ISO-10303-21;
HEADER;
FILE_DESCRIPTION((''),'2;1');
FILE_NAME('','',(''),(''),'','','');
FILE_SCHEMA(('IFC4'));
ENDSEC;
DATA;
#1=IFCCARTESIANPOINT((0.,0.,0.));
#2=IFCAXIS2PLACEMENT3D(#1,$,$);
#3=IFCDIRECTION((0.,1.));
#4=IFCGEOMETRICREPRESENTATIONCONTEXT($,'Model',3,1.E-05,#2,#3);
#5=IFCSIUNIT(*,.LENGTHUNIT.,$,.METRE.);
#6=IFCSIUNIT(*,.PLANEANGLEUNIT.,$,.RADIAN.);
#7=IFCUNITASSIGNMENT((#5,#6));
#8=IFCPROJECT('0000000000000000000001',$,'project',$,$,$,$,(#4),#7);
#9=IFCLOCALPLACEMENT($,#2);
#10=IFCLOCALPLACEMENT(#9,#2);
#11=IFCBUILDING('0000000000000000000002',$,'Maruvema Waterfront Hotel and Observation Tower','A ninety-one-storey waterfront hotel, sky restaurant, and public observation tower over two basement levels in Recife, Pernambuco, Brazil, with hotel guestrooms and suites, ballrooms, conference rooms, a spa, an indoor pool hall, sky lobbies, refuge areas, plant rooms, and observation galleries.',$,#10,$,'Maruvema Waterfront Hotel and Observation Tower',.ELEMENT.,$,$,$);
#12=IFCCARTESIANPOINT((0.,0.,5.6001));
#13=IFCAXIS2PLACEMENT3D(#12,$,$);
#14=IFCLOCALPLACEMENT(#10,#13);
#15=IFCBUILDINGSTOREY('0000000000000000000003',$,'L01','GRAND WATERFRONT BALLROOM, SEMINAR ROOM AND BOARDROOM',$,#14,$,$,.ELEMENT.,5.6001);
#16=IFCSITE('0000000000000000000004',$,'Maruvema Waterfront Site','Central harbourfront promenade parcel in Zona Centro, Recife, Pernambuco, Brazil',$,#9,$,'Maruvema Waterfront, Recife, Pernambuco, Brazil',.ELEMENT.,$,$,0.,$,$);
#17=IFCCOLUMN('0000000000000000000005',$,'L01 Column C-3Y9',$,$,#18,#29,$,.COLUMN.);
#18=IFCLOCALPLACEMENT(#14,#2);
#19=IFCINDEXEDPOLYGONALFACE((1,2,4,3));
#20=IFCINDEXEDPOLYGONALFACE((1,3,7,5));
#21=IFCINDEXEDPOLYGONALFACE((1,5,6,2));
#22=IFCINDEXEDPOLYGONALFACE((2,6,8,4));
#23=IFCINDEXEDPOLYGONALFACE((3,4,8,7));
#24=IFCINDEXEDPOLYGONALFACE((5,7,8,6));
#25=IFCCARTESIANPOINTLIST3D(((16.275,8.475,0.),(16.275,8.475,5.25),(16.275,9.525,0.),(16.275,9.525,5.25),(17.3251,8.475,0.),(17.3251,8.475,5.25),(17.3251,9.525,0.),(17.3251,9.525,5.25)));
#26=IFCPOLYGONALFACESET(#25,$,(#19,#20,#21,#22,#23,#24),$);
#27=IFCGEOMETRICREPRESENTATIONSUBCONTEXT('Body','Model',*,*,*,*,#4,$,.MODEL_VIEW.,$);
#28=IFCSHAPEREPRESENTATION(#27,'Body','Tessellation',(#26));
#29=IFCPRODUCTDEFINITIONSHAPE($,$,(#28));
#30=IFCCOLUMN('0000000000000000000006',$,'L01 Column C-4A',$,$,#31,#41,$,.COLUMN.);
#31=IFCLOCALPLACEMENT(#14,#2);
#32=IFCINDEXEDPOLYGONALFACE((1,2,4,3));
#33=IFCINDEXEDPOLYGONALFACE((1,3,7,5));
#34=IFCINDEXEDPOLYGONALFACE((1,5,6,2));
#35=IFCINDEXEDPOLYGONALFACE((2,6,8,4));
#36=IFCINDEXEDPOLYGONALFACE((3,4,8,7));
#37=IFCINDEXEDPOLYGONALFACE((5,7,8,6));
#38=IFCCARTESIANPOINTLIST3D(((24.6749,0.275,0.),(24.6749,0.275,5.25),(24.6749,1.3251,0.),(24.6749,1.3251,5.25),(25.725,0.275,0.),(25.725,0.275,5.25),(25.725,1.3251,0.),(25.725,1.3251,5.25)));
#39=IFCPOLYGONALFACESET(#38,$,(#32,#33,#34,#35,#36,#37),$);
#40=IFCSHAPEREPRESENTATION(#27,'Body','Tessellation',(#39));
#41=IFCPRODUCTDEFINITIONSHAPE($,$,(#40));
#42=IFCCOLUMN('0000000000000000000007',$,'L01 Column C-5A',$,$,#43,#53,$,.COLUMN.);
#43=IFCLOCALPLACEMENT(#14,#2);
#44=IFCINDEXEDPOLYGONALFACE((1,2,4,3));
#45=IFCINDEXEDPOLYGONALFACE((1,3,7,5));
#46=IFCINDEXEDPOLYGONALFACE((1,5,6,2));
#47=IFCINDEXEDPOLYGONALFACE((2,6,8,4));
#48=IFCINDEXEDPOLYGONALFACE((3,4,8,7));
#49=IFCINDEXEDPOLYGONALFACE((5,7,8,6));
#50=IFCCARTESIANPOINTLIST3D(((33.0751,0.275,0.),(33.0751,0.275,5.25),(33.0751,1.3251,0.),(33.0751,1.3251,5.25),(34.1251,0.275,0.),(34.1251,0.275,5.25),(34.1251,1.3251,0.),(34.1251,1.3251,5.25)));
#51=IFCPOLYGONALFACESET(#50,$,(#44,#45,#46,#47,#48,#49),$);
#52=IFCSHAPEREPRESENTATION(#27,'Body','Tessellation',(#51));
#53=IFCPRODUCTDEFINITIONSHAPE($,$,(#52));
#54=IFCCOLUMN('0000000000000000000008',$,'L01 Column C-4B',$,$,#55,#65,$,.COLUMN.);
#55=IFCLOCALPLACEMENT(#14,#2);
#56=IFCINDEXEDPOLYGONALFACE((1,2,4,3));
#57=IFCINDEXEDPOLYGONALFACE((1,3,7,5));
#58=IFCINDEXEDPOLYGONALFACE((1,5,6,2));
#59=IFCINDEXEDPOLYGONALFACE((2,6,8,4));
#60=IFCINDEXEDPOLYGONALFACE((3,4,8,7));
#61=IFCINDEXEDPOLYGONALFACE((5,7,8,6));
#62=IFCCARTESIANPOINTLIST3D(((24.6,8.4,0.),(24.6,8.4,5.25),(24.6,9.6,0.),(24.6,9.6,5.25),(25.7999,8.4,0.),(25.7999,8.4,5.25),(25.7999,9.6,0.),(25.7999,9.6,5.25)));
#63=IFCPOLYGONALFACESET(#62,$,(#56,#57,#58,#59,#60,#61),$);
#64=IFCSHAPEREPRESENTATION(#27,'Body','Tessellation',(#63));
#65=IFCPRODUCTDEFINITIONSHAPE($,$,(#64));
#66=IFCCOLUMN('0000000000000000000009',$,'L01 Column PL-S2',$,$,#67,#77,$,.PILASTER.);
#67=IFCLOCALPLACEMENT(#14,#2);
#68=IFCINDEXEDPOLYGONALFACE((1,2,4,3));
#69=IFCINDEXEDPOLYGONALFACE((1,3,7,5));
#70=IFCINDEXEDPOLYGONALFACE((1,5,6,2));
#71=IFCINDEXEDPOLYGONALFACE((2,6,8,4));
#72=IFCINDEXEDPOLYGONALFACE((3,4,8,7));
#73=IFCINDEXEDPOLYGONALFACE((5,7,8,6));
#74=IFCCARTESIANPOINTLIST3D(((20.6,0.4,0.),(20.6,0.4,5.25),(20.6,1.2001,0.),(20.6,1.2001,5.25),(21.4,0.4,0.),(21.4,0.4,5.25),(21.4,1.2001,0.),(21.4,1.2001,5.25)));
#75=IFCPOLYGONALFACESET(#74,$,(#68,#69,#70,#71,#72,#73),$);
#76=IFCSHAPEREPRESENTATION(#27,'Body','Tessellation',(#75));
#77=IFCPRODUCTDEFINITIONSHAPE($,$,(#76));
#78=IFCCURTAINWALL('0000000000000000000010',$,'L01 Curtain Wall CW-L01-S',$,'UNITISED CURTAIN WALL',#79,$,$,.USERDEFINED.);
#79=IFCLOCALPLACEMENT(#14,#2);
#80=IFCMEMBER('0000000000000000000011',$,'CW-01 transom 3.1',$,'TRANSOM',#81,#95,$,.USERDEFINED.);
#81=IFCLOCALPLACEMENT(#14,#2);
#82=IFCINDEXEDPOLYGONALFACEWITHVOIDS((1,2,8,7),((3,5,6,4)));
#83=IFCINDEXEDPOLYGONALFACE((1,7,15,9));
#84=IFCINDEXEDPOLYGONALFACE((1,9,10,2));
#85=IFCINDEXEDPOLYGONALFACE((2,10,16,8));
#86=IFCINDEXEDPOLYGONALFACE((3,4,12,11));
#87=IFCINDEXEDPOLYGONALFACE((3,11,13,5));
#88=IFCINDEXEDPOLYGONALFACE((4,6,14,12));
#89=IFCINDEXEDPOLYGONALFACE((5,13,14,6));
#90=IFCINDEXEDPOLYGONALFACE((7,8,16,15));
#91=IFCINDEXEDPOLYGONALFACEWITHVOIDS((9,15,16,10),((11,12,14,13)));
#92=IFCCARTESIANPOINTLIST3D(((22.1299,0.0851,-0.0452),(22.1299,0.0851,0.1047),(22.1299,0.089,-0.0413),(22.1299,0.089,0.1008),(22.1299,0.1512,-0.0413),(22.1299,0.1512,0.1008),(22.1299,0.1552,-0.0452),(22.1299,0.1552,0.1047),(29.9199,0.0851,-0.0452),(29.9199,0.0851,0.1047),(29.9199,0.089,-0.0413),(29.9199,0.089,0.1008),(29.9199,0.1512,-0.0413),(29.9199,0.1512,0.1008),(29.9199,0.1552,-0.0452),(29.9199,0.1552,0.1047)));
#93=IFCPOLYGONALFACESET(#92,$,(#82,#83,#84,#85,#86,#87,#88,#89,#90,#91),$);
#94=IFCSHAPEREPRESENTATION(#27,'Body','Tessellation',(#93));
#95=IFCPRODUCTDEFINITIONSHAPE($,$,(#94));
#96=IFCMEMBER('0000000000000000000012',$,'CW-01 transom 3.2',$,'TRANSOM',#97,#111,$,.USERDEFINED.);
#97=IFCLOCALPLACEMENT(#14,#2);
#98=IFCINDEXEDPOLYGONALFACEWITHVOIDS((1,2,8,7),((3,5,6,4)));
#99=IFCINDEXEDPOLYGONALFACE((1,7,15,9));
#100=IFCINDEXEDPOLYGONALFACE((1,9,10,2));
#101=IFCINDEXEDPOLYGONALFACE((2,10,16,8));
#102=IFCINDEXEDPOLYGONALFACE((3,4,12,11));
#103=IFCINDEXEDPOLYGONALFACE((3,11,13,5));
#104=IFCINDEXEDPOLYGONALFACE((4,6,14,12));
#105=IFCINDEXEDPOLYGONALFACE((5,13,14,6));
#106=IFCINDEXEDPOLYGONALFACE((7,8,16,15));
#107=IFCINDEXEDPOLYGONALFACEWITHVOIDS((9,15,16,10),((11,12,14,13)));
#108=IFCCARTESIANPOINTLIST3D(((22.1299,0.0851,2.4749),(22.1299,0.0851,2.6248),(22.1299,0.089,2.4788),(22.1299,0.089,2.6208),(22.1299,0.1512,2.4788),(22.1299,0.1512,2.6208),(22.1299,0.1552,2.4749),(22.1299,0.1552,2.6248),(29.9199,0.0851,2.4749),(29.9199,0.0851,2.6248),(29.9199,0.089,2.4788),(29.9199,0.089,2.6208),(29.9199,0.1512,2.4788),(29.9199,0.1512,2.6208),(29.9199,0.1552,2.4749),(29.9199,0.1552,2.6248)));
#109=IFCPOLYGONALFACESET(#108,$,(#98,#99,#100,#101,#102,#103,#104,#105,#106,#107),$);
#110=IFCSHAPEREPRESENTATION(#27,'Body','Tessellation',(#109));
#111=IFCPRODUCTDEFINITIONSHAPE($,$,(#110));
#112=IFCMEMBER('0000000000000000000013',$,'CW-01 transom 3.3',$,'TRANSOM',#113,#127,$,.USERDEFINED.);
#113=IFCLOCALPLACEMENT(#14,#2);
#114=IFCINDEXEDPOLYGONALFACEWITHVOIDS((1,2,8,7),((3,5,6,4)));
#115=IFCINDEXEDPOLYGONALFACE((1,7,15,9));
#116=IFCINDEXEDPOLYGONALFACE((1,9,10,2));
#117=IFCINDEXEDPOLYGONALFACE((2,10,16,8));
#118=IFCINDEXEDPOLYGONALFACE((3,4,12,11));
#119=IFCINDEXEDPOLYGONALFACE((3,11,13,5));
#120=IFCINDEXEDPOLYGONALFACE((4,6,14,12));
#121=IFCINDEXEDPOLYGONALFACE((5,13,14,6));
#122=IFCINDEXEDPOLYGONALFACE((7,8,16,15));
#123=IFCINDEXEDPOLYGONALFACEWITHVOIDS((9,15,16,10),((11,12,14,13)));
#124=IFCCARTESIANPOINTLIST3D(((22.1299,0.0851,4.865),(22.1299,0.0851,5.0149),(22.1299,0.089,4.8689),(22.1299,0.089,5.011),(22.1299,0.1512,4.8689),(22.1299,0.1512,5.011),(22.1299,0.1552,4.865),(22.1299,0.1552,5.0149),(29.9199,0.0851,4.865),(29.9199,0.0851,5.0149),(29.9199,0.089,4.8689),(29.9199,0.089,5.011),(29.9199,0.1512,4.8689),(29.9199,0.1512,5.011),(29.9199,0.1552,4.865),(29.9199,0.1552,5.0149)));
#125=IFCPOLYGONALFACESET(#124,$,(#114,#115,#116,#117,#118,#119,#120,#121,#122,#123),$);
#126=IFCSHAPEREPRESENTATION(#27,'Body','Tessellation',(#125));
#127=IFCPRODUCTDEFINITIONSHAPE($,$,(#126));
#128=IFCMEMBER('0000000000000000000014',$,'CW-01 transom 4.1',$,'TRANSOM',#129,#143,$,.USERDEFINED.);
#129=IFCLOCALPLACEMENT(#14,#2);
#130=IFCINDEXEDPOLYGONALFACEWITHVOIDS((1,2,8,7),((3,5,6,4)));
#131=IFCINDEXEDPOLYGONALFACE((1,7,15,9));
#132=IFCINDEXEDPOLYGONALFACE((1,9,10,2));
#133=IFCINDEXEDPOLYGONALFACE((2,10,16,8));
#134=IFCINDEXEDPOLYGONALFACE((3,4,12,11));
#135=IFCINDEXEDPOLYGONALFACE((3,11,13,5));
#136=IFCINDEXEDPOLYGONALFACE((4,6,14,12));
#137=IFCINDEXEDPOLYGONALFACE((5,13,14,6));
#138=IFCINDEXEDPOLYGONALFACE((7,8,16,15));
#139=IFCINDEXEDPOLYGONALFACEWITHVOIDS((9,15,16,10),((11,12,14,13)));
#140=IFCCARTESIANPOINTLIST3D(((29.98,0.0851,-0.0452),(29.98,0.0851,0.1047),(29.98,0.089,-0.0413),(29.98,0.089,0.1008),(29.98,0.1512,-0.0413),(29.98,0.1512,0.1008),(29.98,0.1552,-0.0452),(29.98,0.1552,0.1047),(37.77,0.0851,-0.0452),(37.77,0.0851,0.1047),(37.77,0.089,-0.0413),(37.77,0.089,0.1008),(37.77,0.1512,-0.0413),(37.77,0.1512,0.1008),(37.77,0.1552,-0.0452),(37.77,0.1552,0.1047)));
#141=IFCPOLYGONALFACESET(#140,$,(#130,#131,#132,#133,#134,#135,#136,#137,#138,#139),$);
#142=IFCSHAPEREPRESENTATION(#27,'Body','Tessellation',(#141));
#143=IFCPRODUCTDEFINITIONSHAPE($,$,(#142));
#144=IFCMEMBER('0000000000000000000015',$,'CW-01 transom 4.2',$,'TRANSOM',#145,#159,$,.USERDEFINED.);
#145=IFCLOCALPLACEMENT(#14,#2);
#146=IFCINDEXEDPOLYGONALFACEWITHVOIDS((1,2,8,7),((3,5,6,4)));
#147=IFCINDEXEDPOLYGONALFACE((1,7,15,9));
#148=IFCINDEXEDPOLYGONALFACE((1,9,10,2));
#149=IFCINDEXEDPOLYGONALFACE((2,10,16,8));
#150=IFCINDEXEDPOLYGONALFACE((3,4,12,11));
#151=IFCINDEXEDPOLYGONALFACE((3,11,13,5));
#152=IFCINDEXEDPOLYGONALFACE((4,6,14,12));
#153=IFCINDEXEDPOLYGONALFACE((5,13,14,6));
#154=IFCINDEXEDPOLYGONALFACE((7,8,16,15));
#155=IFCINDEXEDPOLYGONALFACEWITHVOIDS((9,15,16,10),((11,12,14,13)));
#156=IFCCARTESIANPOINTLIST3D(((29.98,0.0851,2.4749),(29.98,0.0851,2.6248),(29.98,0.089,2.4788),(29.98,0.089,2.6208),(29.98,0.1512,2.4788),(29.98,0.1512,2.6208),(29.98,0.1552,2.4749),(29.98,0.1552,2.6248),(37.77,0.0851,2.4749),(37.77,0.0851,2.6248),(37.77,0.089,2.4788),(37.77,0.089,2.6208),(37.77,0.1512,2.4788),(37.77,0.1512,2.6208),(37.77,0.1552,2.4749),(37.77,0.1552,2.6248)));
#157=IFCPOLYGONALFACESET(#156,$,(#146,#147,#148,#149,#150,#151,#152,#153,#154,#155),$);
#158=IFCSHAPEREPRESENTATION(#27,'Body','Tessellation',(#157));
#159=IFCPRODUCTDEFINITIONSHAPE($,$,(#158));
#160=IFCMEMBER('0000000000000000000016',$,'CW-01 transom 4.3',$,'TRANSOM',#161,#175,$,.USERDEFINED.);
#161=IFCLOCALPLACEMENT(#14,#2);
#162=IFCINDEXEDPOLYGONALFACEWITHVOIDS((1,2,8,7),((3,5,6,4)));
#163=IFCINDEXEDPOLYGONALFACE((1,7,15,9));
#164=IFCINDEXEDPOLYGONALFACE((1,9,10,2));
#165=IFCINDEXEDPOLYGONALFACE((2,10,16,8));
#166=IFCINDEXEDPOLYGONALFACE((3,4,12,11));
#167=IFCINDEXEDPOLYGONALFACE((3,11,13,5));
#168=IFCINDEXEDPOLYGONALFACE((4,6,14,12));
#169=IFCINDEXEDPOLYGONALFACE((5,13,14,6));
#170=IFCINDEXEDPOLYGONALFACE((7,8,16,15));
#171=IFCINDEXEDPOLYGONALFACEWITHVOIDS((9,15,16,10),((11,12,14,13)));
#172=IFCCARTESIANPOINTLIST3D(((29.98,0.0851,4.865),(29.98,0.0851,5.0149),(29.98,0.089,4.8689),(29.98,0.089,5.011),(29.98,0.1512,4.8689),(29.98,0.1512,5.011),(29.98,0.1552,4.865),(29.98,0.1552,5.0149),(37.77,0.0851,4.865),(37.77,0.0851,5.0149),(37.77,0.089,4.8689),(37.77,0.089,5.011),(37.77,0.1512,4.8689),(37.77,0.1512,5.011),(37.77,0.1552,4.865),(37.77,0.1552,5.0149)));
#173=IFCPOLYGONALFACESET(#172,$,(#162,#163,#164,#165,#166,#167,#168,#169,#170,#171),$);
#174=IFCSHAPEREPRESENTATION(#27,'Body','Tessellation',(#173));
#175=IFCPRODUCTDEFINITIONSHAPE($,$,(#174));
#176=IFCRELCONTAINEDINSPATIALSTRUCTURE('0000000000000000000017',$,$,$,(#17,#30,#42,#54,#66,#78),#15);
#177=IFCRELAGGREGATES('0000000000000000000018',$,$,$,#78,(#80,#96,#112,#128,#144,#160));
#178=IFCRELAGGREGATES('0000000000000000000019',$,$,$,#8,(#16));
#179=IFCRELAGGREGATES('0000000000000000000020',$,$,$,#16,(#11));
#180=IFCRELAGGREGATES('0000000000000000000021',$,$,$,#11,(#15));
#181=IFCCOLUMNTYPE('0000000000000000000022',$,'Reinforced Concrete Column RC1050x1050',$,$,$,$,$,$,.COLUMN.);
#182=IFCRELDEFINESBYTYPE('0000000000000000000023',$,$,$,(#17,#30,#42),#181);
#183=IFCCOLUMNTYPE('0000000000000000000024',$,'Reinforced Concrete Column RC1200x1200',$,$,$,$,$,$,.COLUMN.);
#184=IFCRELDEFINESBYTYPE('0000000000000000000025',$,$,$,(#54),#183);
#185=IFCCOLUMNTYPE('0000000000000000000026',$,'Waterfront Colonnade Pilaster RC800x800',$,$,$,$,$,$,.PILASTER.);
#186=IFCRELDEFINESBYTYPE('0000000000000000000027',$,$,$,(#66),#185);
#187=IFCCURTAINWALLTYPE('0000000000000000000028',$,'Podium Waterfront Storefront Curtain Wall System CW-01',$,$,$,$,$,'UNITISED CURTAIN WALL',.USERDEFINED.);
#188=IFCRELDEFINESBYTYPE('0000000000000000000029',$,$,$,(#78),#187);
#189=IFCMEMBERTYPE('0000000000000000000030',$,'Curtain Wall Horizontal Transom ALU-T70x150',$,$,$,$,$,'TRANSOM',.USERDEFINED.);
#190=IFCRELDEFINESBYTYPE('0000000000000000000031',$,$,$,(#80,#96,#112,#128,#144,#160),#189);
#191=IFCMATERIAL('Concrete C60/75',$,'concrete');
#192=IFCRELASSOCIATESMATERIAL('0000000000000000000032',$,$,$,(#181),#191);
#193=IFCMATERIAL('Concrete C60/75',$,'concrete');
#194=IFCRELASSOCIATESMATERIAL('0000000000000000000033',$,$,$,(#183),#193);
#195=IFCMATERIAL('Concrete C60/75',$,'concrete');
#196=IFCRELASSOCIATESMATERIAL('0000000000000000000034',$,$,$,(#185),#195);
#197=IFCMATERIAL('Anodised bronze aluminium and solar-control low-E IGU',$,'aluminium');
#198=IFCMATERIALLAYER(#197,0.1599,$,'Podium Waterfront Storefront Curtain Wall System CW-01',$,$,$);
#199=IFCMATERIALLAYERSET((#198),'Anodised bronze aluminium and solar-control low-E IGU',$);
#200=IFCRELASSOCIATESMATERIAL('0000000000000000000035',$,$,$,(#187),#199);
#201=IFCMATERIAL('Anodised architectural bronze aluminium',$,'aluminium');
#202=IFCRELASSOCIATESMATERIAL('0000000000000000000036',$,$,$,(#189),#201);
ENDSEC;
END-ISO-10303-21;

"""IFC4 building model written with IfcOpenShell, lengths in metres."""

from ifc_helpers import new_model, si_unit, direction, frame, origin, origin_2d, place, context, subcontext, project, spatial, rectangle, hollow_rectangle, extrude, material, layer, layer_set, material_profile, profile_set, type_object, element, aggregate, save


model = new_model("IFC4")

# Units and contexts
model_context = context("Model", 3, precision=1e-05, world=origin(), true_north=direction((0.0, 1.0)))
body_context = subcontext(model_context, "Body", "Model", "MODEL_VIEW")
ifc_project = project(units=[si_unit("LENGTHUNIT", "METRE"), si_unit("PLANEANGLEUNIT", "RADIAN")], contexts=[model_context])

# Site, building, storey
site_placement = place(None, origin())
site = spatial("IfcSite", under=ifc_project, at=site_placement, Name="Maruvema Waterfront Site", Description="Central harbourfront promenade parcel in Zona Centro, Recife, Pernambuco, Brazil", LongName="Maruvema Waterfront, Recife, Pernambuco, Brazil", CompositionType="ELEMENT", RefElevation=0.0)
building_placement = place(site_placement, origin())
building = spatial("IfcBuilding", under=site, at=building_placement, Name="Maruvema Waterfront Hotel and Observation Tower", Description="A ninety-one-storey waterfront hotel, sky restaurant, and public observation tower over two basement levels in Recife, Pernambuco, Brazil, with hotel guestrooms and suites, ballrooms, conference rooms, a spa, an indoor pool hall, sky lobbies, refuge areas, plant rooms, and observation galleries.", LongName="Maruvema Waterfront Hotel and Observation Tower", CompositionType="ELEMENT")
storey_placement = place(building_placement, frame((0.0, 0.0, 5.6001)))
storey = spatial("IfcBuildingStorey", under=building, at=storey_placement, Name="L01", Description="GRAND WATERFRONT BALLROOM, SEMINAR ROOM AND BOARDROOM", CompositionType="ELEMENT", Elevation=5.6001)

# Columns
ifc_material_1 = material(Name="Concrete C60/75", Category="concrete")
ifc_material_profile_1 = material_profile(ifc_material_1, rectangle(XDim=1.05, YDim=1.05, at=origin_2d()), Name="RC1050x1050")
ifc_profile_set_1 = profile_set([ifc_material_profile_1], Name="Concrete C60/75")
column_type_1 = type_object("IfcColumnType", Name="Reinforced Concrete Column RC1050x1050", PredefinedType="COLUMN", material=ifc_profile_set_1)
for number, where, z_axis, x_axis, name in (
    (1, (16.8, 9.0, 0.0), (0.0, 0.0, 1.0), (1.0, 0.0, 0.0), "L01 Column C-3Y9"),
    (2, (25.2, 0.8, 0.0), (0.0, 0.0, 1.0), (1.0, 0.0, 0.0), "L01 Column C-4A"),
    (3, (33.6001, 0.8, 0.0), (0.0, 0.0, 1.0), (1.0, 0.0, 0.0), "L01 Column C-5A"),
):
    element("IfcColumn", number, at=place(storey_placement, frame(where, z_axis=z_axis, x_axis=x_axis)), inside=storey, type_object=column_type_1, Name=name, PredefinedType="COLUMN", context=body_context, shape_type="SweptSolid", body=[
        extrude(rectangle(XDim=1.05, YDim=1.05, at=origin_2d()), origin(), (0.0, 0.0, 1.0), 5.25),
    ])
ifc_material_2 = material(Name="Concrete C60/75", Category="concrete")
ifc_material_profile_2 = material_profile(ifc_material_2, rectangle(XDim=1.2, YDim=1.2, at=origin_2d()), Name="RC1200x1200")
ifc_profile_set_2 = profile_set([ifc_material_profile_2], Name="Concrete C60/75")
column_type_2 = type_object("IfcColumnType", Name="Reinforced Concrete Column RC1200x1200", PredefinedType="COLUMN", material=ifc_profile_set_2)
column_1_placement = place(storey_placement, frame((25.2, 9.0, 0.0), z_axis=(0.0, 0.0, 1.0), x_axis=(1.0, 0.0, 0.0)))
element("IfcColumn", 4, at=column_1_placement, inside=storey, type_object=column_type_2, Name="L01 Column C-4B", PredefinedType="COLUMN", context=body_context, shape_type="SweptSolid", body=[
    extrude(rectangle(XDim=1.2, YDim=1.2, at=origin_2d()), origin(), (0.0, 0.0, 1.0), 5.25),
])
ifc_material_3 = material(Name="Concrete C60/75", Category="concrete")
ifc_material_profile_3 = material_profile(ifc_material_3, rectangle(XDim=0.8, YDim=0.8, at=origin_2d()), Name="RC800x800")
ifc_profile_set_3 = profile_set([ifc_material_profile_3], Name="Concrete C60/75")
column_type_3 = type_object("IfcColumnType", Name="Waterfront Colonnade Pilaster RC800x800", PredefinedType="PILASTER", material=ifc_profile_set_3)
column_2_placement = place(storey_placement, frame((21.0, 0.8, 0.0), z_axis=(0.0, 0.0, 1.0), x_axis=(1.0, 0.0, 0.0)))
element("IfcColumn", 5, at=column_2_placement, inside=storey, type_object=column_type_3, Name="L01 Column PL-S2", PredefinedType="PILASTER", context=body_context, shape_type="SweptSolid", body=[
    extrude(rectangle(XDim=0.8, YDim=0.8, at=origin_2d()), origin(), (0.0, 0.0, 1.0), 5.25),
])

# Curtain wall, members
ifc_material_4 = material(Name="Anodised bronze aluminium and solar-control low-E IGU", Category="aluminium")
ifc_layer_1 = layer(ifc_material_4, 0.1599, Name="Podium Waterfront Storefront Curtain Wall System CW-01")
ifc_layer_set_1 = layer_set([ifc_layer_1], Name="Anodised bronze aluminium and solar-control low-E IGU")
curtain_wall_type = type_object("IfcCurtainWallType", Name="Podium Waterfront Storefront Curtain Wall System CW-01", ElementType="UNITISED CURTAIN WALL", PredefinedType="USERDEFINED", material=ifc_layer_set_1)
curtain_wall_placement = place(storey_placement, origin())
curtain_wall = element("IfcCurtainWall", 6, at=curtain_wall_placement, inside=storey, type_object=curtain_wall_type, Name="L01 Curtain Wall CW-L01-S", ObjectType="UNITISED CURTAIN WALL", PredefinedType="USERDEFINED")
ifc_material_5 = material(Name="Anodised architectural bronze aluminium", Category="aluminium")
ifc_material_profile_4 = material_profile(ifc_material_5, hollow_rectangle(XDim=0.0701, YDim=0.1499, WallThickness=0.0039, at=origin_2d()), Name="ALU-T70x150")
ifc_profile_set_4 = profile_set([ifc_material_profile_4], Name="Anodised architectural bronze aluminium")
member_type_1 = type_object("IfcMemberType", Name="Curtain Wall Horizontal Transom ALU-T70x150", ElementType="TRANSOM", PredefinedType="USERDEFINED", material=ifc_profile_set_4)
member_1_placement = place(storey_placement, frame((22.1299, 0.1201, 0.0298), z_axis=(1.0, 0.0, 0.0), x_axis=(0.0, 1.0, 0.0)))
member_1 = element("IfcMember", 7, at=member_1_placement, type_object=member_type_1, Name="CW-01 transom 3.1", ObjectType="TRANSOM", PredefinedType="USERDEFINED", context=body_context, shape_type="SweptSolid", body=[
    extrude(hollow_rectangle(XDim=0.0701, YDim=0.1499, WallThickness=0.0039, at=origin_2d()), origin(), (0.0, 0.0, 1.0), 7.79),
])
member_2_placement = place(storey_placement, frame((22.1299, 0.1201, 2.5498), z_axis=(1.0, 0.0, 0.0), x_axis=(0.0, 1.0, 0.0)))
member_2 = element("IfcMember", 8, at=member_2_placement, type_object=member_type_1, Name="CW-01 transom 3.2", ObjectType="TRANSOM", PredefinedType="USERDEFINED", context=body_context, shape_type="SweptSolid", body=[
    extrude(hollow_rectangle(XDim=0.0701, YDim=0.1499, WallThickness=0.0039, at=origin_2d()), origin(), (0.0, 0.0, 1.0), 7.79),
])
member_3_placement = place(storey_placement, frame((22.1299, 0.1201, 4.9399), z_axis=(1.0, 0.0, 0.0), x_axis=(0.0, 1.0, 0.0)))
member_3 = element("IfcMember", 9, at=member_3_placement, type_object=member_type_1, Name="CW-01 transom 3.3", ObjectType="TRANSOM", PredefinedType="USERDEFINED", context=body_context, shape_type="SweptSolid", body=[
    extrude(hollow_rectangle(XDim=0.0701, YDim=0.1499, WallThickness=0.0039, at=origin_2d()), origin(), (0.0, 0.0, 1.0), 7.79),
])
member_4_placement = place(storey_placement, frame((29.98, 0.1201, 0.0298), z_axis=(1.0, 0.0, 0.0), x_axis=(0.0, 1.0, 0.0)))
member_4 = element("IfcMember", 10, at=member_4_placement, type_object=member_type_1, Name="CW-01 transom 4.1", ObjectType="TRANSOM", PredefinedType="USERDEFINED", context=body_context, shape_type="SweptSolid", body=[
    extrude(hollow_rectangle(XDim=0.0701, YDim=0.1499, WallThickness=0.0039, at=origin_2d()), origin(), (0.0, 0.0, 1.0), 7.79),
])
member_5_placement = place(storey_placement, frame((29.98, 0.1201, 2.5498), z_axis=(1.0, 0.0, 0.0), x_axis=(0.0, 1.0, 0.0)))
member_5 = element("IfcMember", 11, at=member_5_placement, type_object=member_type_1, Name="CW-01 transom 4.2", ObjectType="TRANSOM", PredefinedType="USERDEFINED", context=body_context, shape_type="SweptSolid", body=[
    extrude(hollow_rectangle(XDim=0.0701, YDim=0.1499, WallThickness=0.0039, at=origin_2d()), origin(), (0.0, 0.0, 1.0), 7.79),
])
member_6_placement = place(storey_placement, frame((29.98, 0.1201, 4.9399), z_axis=(1.0, 0.0, 0.0), x_axis=(0.0, 1.0, 0.0)))
member_6 = element("IfcMember", 12, at=member_6_placement, type_object=member_type_1, Name="CW-01 transom 4.3", ObjectType="TRANSOM", PredefinedType="USERDEFINED", context=body_context, shape_type="SweptSolid", body=[
    extrude(hollow_rectangle(XDim=0.0701, YDim=0.1499, WallThickness=0.0039, at=origin_2d()), origin(), (0.0, 0.0, 1.0), 7.79),
])

aggregate(curtain_wall, [member_1, member_2, member_3, member_4, member_5, member_6])

save(model, "model.ifc")
